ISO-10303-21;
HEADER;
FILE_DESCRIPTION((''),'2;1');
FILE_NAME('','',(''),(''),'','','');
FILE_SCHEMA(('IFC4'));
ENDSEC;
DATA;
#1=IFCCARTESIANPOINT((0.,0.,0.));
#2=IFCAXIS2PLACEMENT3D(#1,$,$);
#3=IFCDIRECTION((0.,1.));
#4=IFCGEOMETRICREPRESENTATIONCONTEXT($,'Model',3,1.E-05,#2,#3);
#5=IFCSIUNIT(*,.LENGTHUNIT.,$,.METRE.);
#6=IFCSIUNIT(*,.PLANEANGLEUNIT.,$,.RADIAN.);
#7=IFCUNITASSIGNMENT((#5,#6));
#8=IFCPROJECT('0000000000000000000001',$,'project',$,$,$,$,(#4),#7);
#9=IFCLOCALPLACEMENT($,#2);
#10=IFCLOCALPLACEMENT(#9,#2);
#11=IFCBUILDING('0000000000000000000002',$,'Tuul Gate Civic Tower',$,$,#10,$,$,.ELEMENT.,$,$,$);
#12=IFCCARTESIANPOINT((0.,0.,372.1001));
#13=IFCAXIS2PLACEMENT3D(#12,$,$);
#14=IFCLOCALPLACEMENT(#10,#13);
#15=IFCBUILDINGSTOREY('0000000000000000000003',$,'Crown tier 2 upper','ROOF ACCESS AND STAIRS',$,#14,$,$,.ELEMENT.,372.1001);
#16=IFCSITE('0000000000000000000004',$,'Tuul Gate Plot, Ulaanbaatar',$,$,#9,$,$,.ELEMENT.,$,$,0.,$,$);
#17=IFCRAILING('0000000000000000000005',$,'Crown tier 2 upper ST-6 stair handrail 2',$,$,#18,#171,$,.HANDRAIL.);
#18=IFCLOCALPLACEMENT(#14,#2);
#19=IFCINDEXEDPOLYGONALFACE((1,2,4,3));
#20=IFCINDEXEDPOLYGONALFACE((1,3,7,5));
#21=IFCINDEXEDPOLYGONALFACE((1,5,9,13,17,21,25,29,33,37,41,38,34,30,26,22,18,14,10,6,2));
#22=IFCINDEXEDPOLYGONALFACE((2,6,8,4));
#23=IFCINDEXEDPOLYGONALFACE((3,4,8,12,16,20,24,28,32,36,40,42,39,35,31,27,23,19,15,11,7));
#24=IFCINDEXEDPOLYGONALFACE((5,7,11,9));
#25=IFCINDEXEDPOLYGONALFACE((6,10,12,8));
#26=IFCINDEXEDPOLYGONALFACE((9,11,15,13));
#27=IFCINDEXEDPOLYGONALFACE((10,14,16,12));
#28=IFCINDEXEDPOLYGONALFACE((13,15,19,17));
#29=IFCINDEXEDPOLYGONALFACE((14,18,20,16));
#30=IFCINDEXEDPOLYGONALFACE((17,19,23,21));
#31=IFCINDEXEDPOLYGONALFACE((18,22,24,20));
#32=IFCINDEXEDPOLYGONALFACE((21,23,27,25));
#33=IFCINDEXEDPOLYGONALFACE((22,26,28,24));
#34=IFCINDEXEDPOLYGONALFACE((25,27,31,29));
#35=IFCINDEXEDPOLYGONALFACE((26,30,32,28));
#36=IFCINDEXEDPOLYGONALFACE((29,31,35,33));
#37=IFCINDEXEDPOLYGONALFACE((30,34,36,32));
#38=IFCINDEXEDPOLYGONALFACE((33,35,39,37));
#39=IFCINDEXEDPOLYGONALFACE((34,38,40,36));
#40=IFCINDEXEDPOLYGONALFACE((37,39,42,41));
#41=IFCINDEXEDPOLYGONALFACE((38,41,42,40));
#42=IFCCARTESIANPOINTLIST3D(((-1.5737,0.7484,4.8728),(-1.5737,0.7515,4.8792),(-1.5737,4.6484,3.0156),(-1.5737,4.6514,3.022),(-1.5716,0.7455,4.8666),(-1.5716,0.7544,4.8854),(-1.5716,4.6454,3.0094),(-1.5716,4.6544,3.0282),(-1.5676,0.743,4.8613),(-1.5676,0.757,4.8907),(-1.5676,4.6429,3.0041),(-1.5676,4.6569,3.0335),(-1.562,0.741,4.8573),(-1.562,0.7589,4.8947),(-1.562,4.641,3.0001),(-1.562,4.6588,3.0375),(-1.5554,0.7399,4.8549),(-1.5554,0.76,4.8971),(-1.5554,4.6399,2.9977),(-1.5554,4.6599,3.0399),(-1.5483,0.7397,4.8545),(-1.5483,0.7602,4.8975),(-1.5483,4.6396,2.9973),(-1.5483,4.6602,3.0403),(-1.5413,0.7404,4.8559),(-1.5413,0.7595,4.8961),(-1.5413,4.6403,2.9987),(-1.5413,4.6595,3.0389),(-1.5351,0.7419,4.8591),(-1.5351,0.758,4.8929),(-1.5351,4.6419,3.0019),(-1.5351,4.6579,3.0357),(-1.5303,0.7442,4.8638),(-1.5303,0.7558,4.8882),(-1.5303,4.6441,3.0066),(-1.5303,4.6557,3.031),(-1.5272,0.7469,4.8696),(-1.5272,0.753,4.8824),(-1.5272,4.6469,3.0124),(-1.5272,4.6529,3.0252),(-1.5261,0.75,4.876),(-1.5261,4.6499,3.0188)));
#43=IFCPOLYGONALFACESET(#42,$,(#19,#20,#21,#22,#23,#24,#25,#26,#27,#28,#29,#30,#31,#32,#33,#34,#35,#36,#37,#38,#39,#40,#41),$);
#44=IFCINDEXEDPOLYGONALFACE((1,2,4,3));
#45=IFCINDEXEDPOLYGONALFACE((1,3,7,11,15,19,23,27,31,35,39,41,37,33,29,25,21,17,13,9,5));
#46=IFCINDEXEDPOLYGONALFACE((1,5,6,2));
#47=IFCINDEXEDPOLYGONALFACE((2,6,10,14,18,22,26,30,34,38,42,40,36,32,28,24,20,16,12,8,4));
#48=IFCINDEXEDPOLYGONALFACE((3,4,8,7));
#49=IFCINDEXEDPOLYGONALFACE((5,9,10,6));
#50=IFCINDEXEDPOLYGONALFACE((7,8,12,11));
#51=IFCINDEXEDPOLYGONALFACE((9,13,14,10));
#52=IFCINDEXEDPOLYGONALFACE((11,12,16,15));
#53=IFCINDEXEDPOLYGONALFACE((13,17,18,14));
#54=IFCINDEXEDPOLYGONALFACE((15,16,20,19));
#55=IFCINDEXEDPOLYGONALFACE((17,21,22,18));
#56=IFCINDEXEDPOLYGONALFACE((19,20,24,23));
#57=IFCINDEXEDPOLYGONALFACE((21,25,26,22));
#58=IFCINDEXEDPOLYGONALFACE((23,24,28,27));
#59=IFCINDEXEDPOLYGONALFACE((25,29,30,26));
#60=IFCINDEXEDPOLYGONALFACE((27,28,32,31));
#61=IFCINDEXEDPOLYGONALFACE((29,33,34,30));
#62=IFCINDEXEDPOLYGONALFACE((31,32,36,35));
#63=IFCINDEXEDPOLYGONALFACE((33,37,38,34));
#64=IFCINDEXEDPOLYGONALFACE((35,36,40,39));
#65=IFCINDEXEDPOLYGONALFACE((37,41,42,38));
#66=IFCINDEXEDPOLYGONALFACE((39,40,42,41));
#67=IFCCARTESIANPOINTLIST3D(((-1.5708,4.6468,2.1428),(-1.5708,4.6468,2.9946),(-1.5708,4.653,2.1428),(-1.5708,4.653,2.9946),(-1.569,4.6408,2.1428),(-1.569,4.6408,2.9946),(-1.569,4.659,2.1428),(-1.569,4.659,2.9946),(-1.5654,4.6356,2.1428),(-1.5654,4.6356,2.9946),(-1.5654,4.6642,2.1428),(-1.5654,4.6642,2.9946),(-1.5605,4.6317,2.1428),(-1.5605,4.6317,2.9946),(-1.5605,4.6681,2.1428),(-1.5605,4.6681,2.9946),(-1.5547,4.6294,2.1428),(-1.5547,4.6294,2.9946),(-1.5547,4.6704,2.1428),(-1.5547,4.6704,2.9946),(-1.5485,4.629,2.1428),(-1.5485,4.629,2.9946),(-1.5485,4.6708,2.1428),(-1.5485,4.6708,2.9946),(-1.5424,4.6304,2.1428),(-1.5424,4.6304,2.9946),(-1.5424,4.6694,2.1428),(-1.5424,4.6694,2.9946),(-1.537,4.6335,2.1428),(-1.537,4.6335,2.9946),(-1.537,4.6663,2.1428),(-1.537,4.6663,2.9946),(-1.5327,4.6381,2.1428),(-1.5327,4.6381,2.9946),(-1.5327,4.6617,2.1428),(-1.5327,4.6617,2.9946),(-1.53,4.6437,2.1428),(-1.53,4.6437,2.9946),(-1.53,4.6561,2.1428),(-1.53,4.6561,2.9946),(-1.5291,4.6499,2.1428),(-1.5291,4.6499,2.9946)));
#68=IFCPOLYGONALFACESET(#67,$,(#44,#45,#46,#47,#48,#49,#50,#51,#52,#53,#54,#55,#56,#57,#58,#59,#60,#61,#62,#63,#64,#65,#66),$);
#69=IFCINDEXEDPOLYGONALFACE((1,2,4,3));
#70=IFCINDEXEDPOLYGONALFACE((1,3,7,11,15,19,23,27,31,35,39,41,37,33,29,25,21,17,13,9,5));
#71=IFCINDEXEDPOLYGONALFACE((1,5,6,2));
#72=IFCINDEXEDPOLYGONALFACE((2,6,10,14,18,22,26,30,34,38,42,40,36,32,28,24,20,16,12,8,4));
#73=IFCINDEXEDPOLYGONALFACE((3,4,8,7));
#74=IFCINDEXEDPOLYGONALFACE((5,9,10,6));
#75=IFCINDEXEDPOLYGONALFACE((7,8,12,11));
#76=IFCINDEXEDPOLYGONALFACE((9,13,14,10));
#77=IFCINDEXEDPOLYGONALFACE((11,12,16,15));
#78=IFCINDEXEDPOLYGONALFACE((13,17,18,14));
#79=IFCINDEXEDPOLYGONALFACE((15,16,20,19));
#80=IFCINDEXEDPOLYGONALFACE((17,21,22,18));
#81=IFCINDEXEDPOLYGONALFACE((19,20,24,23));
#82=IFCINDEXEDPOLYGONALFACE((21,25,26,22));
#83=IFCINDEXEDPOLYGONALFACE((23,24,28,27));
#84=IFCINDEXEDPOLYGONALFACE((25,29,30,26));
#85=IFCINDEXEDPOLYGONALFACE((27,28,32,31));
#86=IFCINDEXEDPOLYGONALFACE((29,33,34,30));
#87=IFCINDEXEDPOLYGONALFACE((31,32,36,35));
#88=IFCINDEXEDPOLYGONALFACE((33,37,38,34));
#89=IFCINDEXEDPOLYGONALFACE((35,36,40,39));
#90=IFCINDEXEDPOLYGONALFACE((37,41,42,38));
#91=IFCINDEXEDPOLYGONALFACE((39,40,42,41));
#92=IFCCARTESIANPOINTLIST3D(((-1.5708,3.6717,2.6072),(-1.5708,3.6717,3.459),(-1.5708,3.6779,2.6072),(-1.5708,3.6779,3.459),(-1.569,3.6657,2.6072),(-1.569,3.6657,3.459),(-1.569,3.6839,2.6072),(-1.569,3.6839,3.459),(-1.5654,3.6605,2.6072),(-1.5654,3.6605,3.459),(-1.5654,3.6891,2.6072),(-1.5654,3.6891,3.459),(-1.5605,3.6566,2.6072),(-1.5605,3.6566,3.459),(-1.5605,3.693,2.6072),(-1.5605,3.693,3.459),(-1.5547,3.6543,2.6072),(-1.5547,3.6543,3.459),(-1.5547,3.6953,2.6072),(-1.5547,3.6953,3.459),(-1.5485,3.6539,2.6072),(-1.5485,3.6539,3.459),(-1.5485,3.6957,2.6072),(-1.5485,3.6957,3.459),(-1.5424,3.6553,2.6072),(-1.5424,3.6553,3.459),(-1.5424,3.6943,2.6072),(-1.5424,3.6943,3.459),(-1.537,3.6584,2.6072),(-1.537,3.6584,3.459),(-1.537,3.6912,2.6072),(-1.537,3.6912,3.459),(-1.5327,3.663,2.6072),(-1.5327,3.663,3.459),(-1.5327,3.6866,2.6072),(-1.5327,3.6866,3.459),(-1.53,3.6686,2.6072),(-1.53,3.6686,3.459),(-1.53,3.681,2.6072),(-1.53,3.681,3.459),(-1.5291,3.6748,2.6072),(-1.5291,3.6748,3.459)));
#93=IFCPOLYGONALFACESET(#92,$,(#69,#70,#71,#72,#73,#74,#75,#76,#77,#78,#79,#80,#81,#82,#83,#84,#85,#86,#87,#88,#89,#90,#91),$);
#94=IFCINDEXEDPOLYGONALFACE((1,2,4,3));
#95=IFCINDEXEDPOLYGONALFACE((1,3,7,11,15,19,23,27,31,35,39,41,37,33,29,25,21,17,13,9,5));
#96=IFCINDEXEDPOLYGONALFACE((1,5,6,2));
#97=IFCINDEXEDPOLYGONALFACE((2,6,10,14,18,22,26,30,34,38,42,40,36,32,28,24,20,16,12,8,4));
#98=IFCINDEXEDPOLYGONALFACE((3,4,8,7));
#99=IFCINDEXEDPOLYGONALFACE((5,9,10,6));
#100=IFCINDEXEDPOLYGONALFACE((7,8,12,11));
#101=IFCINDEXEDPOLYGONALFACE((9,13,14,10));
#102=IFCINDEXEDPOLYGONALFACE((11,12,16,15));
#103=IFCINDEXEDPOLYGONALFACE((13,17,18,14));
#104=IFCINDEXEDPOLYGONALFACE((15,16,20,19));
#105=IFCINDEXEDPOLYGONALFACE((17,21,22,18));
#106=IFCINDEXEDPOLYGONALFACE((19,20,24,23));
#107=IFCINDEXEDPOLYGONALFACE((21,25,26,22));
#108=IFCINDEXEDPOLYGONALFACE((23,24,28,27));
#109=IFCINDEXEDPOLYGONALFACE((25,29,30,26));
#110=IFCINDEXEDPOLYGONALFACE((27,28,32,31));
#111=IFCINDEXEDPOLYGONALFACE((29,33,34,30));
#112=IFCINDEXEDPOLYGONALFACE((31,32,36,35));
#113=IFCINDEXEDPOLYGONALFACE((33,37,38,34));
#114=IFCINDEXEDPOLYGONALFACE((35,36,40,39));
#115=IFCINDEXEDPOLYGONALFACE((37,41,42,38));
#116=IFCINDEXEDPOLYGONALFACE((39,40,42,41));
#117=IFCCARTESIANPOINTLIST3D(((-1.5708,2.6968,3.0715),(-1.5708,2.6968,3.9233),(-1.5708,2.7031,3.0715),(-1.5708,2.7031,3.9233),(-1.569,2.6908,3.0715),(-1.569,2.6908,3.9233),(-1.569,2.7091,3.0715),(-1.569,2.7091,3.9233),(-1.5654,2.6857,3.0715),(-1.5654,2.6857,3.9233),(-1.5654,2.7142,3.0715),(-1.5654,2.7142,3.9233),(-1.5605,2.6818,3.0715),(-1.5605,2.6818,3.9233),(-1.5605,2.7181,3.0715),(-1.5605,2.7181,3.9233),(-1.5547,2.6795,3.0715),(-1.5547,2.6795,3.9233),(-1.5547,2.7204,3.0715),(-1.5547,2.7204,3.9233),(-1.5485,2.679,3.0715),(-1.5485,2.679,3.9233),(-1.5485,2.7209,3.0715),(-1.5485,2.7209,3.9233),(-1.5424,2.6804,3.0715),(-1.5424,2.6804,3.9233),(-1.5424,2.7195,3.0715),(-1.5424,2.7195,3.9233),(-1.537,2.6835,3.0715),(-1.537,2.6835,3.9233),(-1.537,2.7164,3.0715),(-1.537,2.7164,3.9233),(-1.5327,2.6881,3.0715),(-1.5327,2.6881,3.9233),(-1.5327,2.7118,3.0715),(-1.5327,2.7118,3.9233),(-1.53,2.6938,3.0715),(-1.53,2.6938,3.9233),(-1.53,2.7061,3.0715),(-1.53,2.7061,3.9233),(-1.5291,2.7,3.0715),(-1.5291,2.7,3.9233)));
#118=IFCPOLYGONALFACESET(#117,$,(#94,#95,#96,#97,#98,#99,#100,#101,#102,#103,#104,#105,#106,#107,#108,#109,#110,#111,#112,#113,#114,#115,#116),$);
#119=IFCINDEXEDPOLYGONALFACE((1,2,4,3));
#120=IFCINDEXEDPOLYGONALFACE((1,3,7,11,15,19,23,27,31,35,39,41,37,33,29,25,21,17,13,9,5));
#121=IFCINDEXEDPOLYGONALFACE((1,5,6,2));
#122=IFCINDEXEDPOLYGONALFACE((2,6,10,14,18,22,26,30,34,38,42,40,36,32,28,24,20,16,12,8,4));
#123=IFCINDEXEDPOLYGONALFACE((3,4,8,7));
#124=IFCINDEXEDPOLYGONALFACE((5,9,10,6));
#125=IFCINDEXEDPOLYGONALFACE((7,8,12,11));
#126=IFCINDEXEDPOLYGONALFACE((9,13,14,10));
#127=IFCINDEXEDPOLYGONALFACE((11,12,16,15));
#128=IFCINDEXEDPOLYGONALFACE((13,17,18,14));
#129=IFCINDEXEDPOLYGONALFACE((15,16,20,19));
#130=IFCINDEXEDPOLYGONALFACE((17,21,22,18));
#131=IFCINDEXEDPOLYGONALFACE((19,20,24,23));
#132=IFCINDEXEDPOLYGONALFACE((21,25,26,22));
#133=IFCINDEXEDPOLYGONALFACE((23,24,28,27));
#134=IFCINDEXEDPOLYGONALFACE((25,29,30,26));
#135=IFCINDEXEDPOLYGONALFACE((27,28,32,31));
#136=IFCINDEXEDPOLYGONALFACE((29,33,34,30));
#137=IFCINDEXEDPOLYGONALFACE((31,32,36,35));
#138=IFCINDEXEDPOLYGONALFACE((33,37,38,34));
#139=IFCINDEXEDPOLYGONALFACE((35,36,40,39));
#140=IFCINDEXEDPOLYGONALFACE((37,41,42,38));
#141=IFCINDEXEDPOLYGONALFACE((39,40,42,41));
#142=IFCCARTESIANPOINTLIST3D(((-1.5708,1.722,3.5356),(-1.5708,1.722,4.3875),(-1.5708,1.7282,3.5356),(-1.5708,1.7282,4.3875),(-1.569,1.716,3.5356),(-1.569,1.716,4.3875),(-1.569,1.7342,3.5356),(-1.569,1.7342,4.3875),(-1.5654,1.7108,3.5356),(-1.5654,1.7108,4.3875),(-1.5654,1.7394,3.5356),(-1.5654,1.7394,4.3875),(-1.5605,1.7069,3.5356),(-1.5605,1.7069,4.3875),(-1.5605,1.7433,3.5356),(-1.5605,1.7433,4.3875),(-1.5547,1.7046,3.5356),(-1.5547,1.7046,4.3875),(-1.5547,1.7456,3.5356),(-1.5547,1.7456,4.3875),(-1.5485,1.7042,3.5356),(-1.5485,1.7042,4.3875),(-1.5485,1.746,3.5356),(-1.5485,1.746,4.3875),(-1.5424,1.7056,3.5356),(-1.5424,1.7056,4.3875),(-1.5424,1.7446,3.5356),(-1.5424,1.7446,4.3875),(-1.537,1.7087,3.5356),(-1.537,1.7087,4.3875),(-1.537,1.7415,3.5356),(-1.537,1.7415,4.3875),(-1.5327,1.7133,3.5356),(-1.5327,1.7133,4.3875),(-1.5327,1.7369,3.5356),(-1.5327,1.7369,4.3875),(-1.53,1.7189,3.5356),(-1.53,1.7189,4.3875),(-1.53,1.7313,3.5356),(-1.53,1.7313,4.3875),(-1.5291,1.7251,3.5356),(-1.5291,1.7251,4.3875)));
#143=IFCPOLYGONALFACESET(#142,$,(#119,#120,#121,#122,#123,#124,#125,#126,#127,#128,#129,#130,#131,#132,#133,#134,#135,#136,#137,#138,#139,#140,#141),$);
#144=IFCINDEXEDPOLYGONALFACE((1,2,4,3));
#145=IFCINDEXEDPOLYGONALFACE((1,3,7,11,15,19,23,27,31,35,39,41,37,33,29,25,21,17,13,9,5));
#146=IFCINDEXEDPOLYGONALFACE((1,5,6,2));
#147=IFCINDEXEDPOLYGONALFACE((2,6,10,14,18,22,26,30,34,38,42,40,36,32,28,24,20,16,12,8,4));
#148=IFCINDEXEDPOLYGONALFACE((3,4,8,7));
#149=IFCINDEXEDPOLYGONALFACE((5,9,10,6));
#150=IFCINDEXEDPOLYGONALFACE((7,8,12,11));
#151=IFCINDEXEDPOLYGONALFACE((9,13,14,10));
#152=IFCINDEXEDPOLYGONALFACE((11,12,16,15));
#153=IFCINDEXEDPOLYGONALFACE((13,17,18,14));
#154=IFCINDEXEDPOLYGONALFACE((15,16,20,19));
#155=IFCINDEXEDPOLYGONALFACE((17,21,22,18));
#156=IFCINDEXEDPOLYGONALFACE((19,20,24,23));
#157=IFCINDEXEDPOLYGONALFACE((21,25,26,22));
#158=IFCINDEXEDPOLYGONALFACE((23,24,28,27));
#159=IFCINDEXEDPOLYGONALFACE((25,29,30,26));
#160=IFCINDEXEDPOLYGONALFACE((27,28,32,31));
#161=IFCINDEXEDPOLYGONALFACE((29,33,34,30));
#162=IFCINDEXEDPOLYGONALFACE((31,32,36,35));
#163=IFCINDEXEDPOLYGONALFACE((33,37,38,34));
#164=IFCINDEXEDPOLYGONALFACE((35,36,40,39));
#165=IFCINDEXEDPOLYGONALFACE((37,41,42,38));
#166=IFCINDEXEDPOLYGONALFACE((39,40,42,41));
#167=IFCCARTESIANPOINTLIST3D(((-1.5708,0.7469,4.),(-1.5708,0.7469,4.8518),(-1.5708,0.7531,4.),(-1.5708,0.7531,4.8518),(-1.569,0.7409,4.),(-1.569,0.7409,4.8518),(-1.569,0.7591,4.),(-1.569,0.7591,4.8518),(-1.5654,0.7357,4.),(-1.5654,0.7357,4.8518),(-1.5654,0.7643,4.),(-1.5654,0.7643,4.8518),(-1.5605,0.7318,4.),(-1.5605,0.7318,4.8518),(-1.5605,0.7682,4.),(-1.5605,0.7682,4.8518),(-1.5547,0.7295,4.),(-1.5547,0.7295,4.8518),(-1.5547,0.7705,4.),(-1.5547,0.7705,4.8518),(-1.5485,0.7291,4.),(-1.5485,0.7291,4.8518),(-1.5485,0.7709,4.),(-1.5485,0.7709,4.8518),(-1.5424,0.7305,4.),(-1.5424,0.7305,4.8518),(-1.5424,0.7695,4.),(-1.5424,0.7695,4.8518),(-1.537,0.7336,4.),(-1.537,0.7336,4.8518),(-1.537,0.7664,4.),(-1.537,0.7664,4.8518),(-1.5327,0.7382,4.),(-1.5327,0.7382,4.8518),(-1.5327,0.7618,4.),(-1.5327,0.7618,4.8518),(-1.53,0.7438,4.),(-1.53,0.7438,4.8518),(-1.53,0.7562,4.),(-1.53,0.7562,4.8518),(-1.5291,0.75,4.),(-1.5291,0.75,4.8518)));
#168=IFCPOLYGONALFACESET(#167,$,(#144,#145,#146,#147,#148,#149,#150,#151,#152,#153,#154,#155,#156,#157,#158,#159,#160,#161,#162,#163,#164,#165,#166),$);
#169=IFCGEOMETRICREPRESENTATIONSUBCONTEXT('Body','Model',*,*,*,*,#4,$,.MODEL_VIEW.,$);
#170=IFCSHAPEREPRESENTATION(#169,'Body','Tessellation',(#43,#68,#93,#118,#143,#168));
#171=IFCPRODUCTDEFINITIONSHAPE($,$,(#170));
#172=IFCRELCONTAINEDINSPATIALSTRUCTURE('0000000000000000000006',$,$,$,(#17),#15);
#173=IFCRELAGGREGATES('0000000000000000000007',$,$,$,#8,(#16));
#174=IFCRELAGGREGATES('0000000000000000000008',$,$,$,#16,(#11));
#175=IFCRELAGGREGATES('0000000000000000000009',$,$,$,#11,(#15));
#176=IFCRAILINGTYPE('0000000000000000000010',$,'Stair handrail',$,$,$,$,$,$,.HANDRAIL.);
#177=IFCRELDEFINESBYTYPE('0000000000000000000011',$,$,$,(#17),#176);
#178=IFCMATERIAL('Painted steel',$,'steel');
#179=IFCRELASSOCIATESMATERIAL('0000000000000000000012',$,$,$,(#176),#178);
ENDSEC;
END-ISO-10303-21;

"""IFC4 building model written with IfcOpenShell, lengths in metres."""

from ifc_helpers import new_model, si_unit, direction, frame, origin, origin_2d, place, context, subcontext, project, spatial, circle, extrude, material, type_object, element, save


model = new_model("IFC4")

# Units and contexts
model_context = context("Model", 3, precision=1e-05, world=origin(), true_north=direction((0.0, 1.0)))
body_context = subcontext(model_context, "Body", "Model", "MODEL_VIEW")
ifc_project = project(units=[si_unit("LENGTHUNIT", "METRE"), si_unit("PLANEANGLEUNIT", "RADIAN")], contexts=[model_context])

# Site, building, storey
site_placement = place(None, origin())
site = spatial("IfcSite", under=ifc_project, at=site_placement, Name="Tuul Gate Plot, Ulaanbaatar", CompositionType="ELEMENT", RefElevation=0.0)
building_placement = place(site_placement, origin())
building = spatial("IfcBuilding", under=site, at=building_placement, Name="Tuul Gate Civic Tower", CompositionType="ELEMENT")
storey_placement = place(building_placement, frame((0.0, 0.0, 372.1001)))
storey = spatial("IfcBuildingStorey", under=building, at=storey_placement, Name="Crown tier 2 upper", Description="ROOF ACCESS AND STAIRS", CompositionType="ELEMENT", Elevation=372.1001)

# Railing
ifc_material_1 = material(Name="Painted steel", Category="steel")
railing_type_1 = type_object("IfcRailingType", Name="Stair handrail", PredefinedType="HANDRAIL", material=ifc_material_1)
railing_1_placement = place(storey_placement, frame((-1.55, 4.6499, 2.1428)))
element("IfcRailing", 1, at=railing_1_placement, inside=storey, type_object=railing_type_1, Name="Crown tier 2 upper ST-6 stair handrail 2", PredefinedType="HANDRAIL", context=body_context, shape_type="SweptSolid", body=[
    extrude(circle(Radius=0.0239, at=origin_2d()), frame((0.0, 0.0, 0.876), z_axis=(0.0, -0.902853, 0.429949), x_axis=(1.0, 0.0, 0.0)), (0.0, 0.0, 1.0), 4.3196),
    extrude(circle(Radius=0.021, at=origin_2d()), origin(), (0.0, 0.0, 1.0), 0.8518),
    extrude(circle(Radius=0.021, at=origin_2d()), frame((0.0, -0.9751, 0.4644)), (0.0, 0.0, 1.0), 0.8518),
    extrude(circle(Radius=0.021, at=origin_2d()), frame((0.0, -1.95, 0.9287)), (0.0, 0.0, 1.0), 0.8518),
    extrude(circle(Radius=0.021, at=origin_2d()), frame((0.0, -2.9248, 1.3928)), (0.0, 0.0, 1.0), 0.8518),
    extrude(circle(Radius=0.021, at=origin_2d()), frame((0.0, -3.8999, 1.8572)), (0.0, 0.0, 1.0), 0.8518),
])

save(model, "model.ifc")
